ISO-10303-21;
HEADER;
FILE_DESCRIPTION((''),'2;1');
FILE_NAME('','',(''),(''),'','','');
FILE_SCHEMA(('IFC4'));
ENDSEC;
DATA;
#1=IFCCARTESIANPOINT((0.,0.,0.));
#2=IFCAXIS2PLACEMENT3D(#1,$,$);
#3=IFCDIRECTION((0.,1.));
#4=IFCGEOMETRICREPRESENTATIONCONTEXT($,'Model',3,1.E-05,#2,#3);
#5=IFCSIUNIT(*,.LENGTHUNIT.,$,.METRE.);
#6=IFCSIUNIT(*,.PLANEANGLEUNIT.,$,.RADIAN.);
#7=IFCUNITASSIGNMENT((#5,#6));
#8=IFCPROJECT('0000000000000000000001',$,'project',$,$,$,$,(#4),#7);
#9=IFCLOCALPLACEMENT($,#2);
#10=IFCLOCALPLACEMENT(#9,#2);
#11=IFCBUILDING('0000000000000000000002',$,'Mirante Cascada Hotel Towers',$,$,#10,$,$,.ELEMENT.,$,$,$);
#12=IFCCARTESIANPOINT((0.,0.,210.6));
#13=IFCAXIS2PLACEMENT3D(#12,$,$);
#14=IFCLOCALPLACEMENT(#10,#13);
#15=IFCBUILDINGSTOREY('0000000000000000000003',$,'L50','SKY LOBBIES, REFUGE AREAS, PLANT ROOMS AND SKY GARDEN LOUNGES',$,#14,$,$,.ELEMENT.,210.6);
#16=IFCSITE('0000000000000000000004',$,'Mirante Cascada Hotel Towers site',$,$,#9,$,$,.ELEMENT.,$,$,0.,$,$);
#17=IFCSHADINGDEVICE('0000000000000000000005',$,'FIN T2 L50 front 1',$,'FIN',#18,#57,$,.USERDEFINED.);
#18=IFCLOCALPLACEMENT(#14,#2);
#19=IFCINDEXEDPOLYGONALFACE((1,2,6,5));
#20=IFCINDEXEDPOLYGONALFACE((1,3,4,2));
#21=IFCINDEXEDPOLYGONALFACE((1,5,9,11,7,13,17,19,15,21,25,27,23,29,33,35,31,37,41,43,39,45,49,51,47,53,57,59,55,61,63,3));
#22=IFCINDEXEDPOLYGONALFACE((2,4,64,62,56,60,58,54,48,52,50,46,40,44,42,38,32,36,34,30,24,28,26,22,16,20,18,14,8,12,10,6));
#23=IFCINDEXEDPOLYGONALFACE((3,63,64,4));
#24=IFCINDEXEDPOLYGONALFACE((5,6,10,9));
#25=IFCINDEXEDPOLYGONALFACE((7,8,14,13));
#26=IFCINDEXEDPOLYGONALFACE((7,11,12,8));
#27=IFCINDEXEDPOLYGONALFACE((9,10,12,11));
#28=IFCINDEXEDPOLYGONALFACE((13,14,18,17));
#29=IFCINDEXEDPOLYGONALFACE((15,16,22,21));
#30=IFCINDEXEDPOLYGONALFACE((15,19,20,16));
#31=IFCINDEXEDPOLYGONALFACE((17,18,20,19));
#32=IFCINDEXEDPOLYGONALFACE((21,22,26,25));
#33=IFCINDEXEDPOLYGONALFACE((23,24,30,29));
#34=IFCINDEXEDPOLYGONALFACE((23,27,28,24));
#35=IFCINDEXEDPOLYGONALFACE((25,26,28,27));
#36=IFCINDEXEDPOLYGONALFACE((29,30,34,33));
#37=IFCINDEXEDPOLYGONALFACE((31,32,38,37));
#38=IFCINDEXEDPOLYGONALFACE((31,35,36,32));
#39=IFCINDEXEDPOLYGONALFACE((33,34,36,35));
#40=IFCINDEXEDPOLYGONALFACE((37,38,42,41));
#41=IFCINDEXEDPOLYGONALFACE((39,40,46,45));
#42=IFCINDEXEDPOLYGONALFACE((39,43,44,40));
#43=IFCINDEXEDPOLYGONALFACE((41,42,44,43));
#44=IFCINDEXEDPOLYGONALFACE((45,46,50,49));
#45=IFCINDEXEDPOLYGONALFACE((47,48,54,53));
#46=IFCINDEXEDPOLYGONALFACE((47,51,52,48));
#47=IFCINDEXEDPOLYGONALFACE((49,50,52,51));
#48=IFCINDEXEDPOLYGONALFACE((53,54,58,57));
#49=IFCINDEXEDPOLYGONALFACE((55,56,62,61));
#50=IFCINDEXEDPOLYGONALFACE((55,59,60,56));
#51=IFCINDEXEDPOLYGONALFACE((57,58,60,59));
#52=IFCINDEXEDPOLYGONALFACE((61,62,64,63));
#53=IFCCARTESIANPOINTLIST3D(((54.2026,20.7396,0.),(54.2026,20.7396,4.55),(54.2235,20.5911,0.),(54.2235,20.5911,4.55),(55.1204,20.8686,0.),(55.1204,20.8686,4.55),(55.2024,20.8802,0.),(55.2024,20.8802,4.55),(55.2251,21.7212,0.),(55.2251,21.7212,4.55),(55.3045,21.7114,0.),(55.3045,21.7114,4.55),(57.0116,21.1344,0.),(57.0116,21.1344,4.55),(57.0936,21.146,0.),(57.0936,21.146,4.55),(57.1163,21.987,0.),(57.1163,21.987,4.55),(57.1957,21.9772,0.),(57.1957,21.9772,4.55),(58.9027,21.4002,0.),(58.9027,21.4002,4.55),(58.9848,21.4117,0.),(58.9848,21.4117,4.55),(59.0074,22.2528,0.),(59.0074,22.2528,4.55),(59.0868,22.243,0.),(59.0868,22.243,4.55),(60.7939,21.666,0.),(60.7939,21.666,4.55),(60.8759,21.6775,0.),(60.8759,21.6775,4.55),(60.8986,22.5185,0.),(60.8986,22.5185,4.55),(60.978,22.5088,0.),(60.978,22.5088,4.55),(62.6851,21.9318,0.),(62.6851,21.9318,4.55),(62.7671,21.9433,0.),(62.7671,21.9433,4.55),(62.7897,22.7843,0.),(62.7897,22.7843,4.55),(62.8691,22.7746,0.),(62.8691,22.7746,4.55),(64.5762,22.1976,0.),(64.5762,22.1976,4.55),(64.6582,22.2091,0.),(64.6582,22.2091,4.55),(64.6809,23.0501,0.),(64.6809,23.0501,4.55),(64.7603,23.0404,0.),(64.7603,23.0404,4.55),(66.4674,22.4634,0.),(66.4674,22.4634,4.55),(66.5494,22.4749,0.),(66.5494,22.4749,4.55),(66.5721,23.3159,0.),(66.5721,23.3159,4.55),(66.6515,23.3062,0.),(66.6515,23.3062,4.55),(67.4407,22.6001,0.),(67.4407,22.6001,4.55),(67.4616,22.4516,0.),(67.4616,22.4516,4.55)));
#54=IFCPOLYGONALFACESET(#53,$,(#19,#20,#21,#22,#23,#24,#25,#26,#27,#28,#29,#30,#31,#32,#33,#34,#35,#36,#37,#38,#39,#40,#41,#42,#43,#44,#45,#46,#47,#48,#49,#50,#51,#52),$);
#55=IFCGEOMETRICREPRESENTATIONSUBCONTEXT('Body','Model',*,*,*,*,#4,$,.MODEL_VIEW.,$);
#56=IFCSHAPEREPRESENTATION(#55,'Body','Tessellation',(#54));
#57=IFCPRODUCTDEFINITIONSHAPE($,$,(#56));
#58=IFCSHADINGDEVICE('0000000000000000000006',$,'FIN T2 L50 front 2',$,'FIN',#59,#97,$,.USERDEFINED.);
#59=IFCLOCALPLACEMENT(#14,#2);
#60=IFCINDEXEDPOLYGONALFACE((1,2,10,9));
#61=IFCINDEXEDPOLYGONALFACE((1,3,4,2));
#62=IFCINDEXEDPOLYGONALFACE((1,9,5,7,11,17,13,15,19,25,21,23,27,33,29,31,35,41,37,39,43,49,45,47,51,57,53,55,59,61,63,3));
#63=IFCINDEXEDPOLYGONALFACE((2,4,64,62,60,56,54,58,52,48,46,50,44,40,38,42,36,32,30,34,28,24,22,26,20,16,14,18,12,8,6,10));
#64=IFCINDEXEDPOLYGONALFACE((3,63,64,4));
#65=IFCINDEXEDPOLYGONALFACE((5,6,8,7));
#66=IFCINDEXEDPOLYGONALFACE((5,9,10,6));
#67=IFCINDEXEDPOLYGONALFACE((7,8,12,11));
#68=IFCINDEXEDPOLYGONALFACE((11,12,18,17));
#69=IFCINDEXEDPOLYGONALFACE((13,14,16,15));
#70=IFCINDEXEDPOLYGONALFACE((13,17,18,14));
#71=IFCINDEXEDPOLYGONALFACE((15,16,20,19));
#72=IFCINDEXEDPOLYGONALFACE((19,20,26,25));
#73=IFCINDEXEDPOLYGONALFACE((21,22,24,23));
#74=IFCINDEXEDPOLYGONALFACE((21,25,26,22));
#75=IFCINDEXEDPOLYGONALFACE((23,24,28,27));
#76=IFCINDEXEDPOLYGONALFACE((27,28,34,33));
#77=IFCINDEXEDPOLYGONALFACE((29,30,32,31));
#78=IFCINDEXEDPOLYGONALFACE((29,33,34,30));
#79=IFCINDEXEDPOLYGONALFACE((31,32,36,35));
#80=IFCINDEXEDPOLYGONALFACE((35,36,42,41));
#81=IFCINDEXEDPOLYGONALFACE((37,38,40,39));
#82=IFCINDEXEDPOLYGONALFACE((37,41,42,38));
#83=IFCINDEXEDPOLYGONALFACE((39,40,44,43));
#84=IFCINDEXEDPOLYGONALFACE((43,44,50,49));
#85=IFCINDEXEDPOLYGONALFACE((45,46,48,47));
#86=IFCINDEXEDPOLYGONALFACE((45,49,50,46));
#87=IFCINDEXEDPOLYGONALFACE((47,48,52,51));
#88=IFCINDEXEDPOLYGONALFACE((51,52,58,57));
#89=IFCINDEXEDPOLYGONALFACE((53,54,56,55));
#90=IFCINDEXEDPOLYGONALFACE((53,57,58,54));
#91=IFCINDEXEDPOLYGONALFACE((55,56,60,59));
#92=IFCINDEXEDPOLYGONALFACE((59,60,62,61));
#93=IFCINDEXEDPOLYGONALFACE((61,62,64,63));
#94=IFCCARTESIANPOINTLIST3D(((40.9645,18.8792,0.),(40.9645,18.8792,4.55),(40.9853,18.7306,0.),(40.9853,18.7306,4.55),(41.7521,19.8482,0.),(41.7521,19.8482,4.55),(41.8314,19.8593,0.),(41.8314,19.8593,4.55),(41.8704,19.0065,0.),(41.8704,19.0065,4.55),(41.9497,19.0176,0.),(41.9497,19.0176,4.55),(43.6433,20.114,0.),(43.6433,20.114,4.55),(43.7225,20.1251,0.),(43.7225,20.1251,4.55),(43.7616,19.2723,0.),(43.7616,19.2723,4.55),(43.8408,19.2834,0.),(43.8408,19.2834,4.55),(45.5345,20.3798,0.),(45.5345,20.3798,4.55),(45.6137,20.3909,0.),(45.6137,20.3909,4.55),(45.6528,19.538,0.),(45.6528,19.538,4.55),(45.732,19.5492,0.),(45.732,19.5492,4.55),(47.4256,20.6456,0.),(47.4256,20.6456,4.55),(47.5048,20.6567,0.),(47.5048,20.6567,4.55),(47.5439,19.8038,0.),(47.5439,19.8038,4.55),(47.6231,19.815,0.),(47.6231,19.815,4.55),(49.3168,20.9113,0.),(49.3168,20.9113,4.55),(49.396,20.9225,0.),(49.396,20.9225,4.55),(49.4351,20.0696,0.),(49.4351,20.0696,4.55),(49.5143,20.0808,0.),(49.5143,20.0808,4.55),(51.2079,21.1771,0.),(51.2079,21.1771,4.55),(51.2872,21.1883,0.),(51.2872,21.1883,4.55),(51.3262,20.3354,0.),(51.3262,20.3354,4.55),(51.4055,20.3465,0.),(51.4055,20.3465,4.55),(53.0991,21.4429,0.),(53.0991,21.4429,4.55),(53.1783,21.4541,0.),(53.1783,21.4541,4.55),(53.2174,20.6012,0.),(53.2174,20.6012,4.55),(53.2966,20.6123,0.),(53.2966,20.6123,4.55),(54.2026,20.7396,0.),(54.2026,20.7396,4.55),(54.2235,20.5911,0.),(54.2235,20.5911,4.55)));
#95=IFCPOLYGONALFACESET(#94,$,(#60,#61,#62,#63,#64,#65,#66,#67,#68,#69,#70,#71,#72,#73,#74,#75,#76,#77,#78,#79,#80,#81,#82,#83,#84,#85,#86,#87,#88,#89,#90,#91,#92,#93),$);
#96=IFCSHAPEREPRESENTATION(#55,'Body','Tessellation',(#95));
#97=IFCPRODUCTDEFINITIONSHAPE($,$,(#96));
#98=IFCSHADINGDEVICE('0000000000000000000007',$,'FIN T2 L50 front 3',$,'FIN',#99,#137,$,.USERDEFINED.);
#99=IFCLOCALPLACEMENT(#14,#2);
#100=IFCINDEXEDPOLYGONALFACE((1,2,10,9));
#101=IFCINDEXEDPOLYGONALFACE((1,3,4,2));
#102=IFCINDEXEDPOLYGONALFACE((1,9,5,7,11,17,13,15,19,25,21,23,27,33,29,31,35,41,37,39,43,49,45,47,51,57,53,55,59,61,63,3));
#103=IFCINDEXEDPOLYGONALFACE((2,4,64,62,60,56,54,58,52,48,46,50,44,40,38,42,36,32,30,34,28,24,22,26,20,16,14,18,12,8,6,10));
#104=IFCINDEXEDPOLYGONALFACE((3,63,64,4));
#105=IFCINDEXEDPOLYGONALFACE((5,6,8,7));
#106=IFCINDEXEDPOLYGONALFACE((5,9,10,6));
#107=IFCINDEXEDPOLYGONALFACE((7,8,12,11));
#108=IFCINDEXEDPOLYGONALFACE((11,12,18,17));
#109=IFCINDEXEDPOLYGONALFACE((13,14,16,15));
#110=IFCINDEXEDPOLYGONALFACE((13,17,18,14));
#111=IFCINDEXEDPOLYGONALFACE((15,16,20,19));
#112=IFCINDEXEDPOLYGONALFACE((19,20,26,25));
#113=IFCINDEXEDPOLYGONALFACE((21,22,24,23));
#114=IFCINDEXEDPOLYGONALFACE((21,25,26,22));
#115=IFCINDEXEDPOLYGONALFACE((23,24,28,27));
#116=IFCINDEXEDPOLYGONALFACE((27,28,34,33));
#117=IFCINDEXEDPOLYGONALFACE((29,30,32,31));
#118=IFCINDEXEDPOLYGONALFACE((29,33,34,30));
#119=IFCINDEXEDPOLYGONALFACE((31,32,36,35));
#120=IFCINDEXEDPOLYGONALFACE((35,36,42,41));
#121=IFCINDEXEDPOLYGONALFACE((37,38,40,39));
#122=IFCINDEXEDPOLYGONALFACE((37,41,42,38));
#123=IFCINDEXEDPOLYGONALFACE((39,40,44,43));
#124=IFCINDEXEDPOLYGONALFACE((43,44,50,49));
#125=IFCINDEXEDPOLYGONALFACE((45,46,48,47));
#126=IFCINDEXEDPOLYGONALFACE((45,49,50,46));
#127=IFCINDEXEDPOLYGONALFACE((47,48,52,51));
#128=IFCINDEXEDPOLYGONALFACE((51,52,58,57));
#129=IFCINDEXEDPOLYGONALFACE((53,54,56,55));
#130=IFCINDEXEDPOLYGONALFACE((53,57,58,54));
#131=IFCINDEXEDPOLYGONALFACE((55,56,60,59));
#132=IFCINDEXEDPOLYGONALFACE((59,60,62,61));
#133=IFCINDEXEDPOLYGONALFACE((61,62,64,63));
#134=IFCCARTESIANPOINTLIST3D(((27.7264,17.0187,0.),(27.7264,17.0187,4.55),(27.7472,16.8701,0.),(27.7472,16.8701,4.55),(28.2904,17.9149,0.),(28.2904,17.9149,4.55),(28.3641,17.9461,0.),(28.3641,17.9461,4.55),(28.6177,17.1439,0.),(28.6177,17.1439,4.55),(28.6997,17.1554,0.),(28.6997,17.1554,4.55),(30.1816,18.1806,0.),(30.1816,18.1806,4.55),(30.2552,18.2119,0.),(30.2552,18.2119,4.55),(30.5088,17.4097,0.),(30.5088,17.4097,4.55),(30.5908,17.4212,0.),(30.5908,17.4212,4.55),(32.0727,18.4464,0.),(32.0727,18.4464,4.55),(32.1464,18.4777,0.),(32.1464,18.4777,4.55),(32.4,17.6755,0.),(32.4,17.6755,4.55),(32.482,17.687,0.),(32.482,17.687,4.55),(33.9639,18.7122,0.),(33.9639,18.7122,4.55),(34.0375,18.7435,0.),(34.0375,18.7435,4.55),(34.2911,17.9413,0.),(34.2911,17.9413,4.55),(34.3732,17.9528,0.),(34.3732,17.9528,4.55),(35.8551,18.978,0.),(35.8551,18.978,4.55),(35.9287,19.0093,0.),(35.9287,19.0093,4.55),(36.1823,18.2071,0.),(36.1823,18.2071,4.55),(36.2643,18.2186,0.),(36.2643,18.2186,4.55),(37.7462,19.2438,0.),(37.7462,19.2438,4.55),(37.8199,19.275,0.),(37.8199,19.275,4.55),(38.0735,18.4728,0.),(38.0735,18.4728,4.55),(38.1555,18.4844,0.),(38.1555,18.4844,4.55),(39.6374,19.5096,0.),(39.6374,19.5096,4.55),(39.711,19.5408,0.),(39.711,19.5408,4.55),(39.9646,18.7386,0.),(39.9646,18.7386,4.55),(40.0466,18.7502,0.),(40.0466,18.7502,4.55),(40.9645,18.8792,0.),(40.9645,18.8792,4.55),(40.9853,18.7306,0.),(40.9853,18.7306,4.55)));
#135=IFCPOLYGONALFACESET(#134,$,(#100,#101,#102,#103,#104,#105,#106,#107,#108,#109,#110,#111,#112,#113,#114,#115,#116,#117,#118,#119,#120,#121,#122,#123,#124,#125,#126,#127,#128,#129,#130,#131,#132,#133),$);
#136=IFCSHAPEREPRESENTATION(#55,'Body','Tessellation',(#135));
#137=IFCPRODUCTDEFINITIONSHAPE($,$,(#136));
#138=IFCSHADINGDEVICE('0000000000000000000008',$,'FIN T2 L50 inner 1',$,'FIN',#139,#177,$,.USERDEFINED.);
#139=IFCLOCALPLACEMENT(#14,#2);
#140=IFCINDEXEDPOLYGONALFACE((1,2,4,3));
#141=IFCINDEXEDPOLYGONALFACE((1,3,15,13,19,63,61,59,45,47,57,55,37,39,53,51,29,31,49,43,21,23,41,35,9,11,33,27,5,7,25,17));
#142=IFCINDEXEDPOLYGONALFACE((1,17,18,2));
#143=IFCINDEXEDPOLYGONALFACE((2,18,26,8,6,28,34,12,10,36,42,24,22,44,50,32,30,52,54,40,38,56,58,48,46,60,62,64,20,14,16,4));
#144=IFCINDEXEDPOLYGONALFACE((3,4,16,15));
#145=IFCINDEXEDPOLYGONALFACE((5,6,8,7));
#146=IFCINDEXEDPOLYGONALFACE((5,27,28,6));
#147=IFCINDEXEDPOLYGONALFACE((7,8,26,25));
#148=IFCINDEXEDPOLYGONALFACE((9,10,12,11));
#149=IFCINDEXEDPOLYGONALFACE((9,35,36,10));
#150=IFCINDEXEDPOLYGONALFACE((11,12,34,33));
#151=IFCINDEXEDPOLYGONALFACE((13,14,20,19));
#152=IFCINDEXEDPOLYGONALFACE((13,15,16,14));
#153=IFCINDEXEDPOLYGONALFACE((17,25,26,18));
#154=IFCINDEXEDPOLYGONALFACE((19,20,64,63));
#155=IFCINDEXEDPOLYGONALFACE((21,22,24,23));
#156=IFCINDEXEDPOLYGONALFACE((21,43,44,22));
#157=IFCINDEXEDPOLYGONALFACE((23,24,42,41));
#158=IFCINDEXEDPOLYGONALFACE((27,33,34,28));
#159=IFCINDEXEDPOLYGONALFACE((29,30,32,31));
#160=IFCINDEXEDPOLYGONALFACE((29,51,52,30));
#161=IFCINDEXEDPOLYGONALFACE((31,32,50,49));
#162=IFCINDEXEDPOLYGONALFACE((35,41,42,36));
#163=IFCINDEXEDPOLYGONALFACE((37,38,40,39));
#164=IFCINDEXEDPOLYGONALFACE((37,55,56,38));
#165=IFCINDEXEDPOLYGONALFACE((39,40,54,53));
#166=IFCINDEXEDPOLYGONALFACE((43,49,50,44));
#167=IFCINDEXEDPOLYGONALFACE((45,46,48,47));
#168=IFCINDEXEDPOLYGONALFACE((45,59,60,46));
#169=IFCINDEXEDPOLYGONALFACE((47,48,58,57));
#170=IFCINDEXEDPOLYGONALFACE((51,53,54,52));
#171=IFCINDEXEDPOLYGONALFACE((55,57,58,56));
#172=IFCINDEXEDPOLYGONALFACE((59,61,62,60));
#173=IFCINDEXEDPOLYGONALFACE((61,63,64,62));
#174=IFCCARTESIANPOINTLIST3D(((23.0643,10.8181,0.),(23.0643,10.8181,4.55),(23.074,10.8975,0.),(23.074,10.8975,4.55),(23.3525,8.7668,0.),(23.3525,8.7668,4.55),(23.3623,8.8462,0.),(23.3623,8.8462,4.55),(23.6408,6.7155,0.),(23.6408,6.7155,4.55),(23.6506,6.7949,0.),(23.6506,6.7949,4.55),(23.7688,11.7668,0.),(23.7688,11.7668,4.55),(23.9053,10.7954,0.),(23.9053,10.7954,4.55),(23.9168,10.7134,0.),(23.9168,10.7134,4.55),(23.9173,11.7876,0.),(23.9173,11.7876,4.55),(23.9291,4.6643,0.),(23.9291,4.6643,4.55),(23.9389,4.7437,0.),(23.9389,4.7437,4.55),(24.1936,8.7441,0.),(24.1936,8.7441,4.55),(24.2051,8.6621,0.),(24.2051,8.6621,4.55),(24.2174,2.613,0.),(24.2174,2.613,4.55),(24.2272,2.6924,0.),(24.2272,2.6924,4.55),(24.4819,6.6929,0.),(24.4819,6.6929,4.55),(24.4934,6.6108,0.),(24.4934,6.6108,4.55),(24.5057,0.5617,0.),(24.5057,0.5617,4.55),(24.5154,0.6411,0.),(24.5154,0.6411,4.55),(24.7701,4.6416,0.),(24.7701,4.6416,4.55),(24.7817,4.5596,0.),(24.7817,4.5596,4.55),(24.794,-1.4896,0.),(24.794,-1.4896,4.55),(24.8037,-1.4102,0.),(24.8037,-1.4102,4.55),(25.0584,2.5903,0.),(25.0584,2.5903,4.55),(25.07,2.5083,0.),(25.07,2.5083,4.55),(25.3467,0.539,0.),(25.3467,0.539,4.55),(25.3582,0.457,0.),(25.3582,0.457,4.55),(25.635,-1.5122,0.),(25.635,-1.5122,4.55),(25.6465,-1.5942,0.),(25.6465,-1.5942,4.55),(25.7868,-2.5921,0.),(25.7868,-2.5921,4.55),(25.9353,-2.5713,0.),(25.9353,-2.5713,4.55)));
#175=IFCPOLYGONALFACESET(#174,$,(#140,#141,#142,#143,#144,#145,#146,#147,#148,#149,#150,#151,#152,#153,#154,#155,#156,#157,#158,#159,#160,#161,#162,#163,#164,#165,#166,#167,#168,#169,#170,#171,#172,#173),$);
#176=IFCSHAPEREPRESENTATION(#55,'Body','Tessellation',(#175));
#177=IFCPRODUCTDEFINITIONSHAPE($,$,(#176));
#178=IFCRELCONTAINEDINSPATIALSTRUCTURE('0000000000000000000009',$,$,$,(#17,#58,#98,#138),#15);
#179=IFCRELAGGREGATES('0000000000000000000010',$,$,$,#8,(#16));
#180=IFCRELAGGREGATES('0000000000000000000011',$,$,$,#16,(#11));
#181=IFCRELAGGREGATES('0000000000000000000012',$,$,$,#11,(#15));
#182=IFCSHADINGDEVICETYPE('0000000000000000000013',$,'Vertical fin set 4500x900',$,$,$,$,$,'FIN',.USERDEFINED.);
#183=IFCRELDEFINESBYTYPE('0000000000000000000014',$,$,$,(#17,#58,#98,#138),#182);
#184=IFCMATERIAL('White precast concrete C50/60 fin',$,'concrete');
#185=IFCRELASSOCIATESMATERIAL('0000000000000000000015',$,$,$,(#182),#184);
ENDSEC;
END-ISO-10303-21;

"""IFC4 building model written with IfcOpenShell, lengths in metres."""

from ifc_helpers import new_model, si_unit, direction, frame, origin, place, context, subcontext, project, spatial, polyline, outline, extrude, material, type_object, element, save


model = new_model("IFC4")

# Units and contexts
model_context = context("Model", 3, precision=1e-05, world=origin(), true_north=direction((0.0, 1.0)))
body_context = subcontext(model_context, "Body", "Model", "MODEL_VIEW")
ifc_project = project(units=[si_unit("LENGTHUNIT", "METRE"), si_unit("PLANEANGLEUNIT", "RADIAN")], contexts=[model_context])

# Site, building, storey
site_placement = place(None, origin())
site = spatial("IfcSite", under=ifc_project, at=site_placement, Name="Mirante Cascada Hotel Towers site", CompositionType="ELEMENT", RefElevation=0.0)
building_placement = place(site_placement, origin())
building = spatial("IfcBuilding", under=site, at=building_placement, Name="Mirante Cascada Hotel Towers", CompositionType="ELEMENT")
storey_placement = place(building_placement, frame((0.0, 0.0, 210.6)))
storey = spatial("IfcBuildingStorey", under=building, at=storey_placement, Name="L50", Description="SKY LOBBIES, REFUGE AREAS, PLANT ROOMS AND SKY GARDEN LOUNGES", CompositionType="ELEMENT", Elevation=210.6)

# Shading devices
ifc_material_1 = material(Name="White precast concrete C50/60 fin", Category="concrete")
shading_device_type = type_object("IfcShadingDeviceType", Name="Vertical fin set 4500x900", ElementType="FIN", PredefinedType="USERDEFINED", material=ifc_material_1)
shading_device_1_placement = place(storey_placement, origin())
element("IfcShadingDevice", 1, at=shading_device_1_placement, inside=storey, type_object=shading_device_type, Name="FIN T2 L50 front 1", ObjectType="FIN", PredefinedType="USERDEFINED", context=body_context, shape_type="SweptSolid", body=[
    extrude(outline(polyline([(55.3045, 21.7114), (55.2024, 20.8802), (57.0116, 21.1344), (57.1163, 21.987), (57.1957, 21.9772), (57.0936, 21.146), (58.9027, 21.4002), (59.0074, 22.2528), (59.0868, 22.243), (58.9848, 21.4117), (60.7939, 21.666), (60.8986, 22.5185), (60.978, 22.5088), (60.8759, 21.6775), (62.6851, 21.9318), (62.7897, 22.7843), (62.8691, 22.7746), (62.7671, 21.9433), (64.5762, 22.1976), (64.6809, 23.0501), (64.7603, 23.0404), (64.6582, 22.2091), (66.4674, 22.4634), (66.5721, 23.3159), (66.6515, 23.3062), (66.5494, 22.4749), (67.4407, 22.6001), (67.4616, 22.4516), (54.2235, 20.5911), (54.2026, 20.7396), (55.1204, 20.8686), (55.2251, 21.7212), (55.3045, 21.7114)])), origin(), (0.0, 0.0, 1.0), 4.55),
])
shading_device_2_placement = place(storey_placement, origin())
element("IfcShadingDevice", 2, at=shading_device_2_placement, inside=storey, type_object=shading_device_type, Name="FIN T2 L50 front 2", ObjectType="FIN", PredefinedType="USERDEFINED", context=body_context, shape_type="SweptSolid", body=[
    extrude(outline(polyline([(41.8314, 19.8593), (41.9497, 19.0176), (43.7616, 19.2723), (43.6433, 20.114), (43.7225, 20.1251), (43.8408, 19.2834), (45.6528, 19.538), (45.5345, 20.3798), (45.6137, 20.3909), (45.732, 19.5492), (47.5439, 19.8038), (47.4256, 20.6456), (47.5048, 20.6567), (47.6231, 19.815), (49.4351, 20.0696), (49.3168, 20.9113), (49.396, 20.9225), (49.5143, 20.0808), (51.3262, 20.3354), (51.2079, 21.1771), (51.2872, 21.1883), (51.4055, 20.3465), (53.2174, 20.6012), (53.0991, 21.4429), (53.1783, 21.4541), (53.2966, 20.6123), (54.2026, 20.7396), (54.2235, 20.5911), (40.9853, 18.7306), (40.9645, 18.8792), (41.8704, 19.0065), (41.7521, 19.8482), (41.8314, 19.8593)])), origin(), (0.0, 0.0, 1.0), 4.55),
])
shading_device_3_placement = place(storey_placement, origin())
element("IfcShadingDevice", 3, at=shading_device_3_placement, inside=storey, type_object=shading_device_type, Name="FIN T2 L50 front 3", ObjectType="FIN", PredefinedType="USERDEFINED", context=body_context, shape_type="SweptSolid", body=[
    extrude(outline(polyline([(28.3641, 17.9461), (28.6997, 17.1554), (30.5088, 17.4097), (30.1816, 18.1806), (30.2552, 18.2119), (30.5908, 17.4212), (32.4, 17.6755), (32.0727, 18.4464), (32.1464, 18.4777), (32.482, 17.687), (34.2911, 17.9413), (33.9639, 18.7122), (34.0375, 18.7435), (34.3732, 17.9528), (36.1823, 18.2071), (35.8551, 18.978), (35.9287, 19.0093), (36.2643, 18.2186), (38.0735, 18.4728), (37.7462, 19.2438), (37.8199, 19.275), (38.1555, 18.4844), (39.9646, 18.7386), (39.6374, 19.5096), (39.711, 19.5408), (40.0466, 18.7502), (40.9645, 18.8792), (40.9853, 18.7306), (27.7472, 16.8701), (27.7264, 17.0187), (28.6177, 17.1439), (28.2904, 17.9149), (28.3641, 17.9461)])), origin(), (0.0, 0.0, 1.0), 4.55),
])
shading_device_4_placement = place(storey_placement, origin())
element("IfcShadingDevice", 4, at=shading_device_4_placement, inside=storey, type_object=shading_device_type, Name="FIN T2 L50 inner 1", ObjectType="FIN", PredefinedType="USERDEFINED", context=body_context, shape_type="SweptSolid", body=[
    extrude(outline(polyline([(24.8037, -1.4102), (25.635, -1.5122), (25.3582, 0.457), (24.5057, 0.5617), (24.5154, 0.6411), (25.3467, 0.539), (25.07, 2.5083), (24.2174, 2.613), (24.2272, 2.6924), (25.0584, 2.5903), (24.7817, 4.5596), (23.9291, 4.6643), (23.9389, 4.7437), (24.7701, 4.6416), (24.4934, 6.6108), (23.6408, 6.7155), (23.6506, 6.7949), (24.4819, 6.6929), (24.2051, 8.6621), (23.3525, 8.7668), (23.3623, 8.8462), (24.1936, 8.7441), (23.9168, 10.7134), (23.0643, 10.8181), (23.074, 10.8975), (23.9053, 10.7954), (23.7688, 11.7668), (23.9173, 11.7876), (25.9353, -2.5713), (25.7868, -2.5921), (25.6465, -1.5942), (24.794, -1.4896), (24.8037, -1.4102)])), origin(), (0.0, 0.0, 1.0), 4.55),
])

save(model, "model.ifc")
